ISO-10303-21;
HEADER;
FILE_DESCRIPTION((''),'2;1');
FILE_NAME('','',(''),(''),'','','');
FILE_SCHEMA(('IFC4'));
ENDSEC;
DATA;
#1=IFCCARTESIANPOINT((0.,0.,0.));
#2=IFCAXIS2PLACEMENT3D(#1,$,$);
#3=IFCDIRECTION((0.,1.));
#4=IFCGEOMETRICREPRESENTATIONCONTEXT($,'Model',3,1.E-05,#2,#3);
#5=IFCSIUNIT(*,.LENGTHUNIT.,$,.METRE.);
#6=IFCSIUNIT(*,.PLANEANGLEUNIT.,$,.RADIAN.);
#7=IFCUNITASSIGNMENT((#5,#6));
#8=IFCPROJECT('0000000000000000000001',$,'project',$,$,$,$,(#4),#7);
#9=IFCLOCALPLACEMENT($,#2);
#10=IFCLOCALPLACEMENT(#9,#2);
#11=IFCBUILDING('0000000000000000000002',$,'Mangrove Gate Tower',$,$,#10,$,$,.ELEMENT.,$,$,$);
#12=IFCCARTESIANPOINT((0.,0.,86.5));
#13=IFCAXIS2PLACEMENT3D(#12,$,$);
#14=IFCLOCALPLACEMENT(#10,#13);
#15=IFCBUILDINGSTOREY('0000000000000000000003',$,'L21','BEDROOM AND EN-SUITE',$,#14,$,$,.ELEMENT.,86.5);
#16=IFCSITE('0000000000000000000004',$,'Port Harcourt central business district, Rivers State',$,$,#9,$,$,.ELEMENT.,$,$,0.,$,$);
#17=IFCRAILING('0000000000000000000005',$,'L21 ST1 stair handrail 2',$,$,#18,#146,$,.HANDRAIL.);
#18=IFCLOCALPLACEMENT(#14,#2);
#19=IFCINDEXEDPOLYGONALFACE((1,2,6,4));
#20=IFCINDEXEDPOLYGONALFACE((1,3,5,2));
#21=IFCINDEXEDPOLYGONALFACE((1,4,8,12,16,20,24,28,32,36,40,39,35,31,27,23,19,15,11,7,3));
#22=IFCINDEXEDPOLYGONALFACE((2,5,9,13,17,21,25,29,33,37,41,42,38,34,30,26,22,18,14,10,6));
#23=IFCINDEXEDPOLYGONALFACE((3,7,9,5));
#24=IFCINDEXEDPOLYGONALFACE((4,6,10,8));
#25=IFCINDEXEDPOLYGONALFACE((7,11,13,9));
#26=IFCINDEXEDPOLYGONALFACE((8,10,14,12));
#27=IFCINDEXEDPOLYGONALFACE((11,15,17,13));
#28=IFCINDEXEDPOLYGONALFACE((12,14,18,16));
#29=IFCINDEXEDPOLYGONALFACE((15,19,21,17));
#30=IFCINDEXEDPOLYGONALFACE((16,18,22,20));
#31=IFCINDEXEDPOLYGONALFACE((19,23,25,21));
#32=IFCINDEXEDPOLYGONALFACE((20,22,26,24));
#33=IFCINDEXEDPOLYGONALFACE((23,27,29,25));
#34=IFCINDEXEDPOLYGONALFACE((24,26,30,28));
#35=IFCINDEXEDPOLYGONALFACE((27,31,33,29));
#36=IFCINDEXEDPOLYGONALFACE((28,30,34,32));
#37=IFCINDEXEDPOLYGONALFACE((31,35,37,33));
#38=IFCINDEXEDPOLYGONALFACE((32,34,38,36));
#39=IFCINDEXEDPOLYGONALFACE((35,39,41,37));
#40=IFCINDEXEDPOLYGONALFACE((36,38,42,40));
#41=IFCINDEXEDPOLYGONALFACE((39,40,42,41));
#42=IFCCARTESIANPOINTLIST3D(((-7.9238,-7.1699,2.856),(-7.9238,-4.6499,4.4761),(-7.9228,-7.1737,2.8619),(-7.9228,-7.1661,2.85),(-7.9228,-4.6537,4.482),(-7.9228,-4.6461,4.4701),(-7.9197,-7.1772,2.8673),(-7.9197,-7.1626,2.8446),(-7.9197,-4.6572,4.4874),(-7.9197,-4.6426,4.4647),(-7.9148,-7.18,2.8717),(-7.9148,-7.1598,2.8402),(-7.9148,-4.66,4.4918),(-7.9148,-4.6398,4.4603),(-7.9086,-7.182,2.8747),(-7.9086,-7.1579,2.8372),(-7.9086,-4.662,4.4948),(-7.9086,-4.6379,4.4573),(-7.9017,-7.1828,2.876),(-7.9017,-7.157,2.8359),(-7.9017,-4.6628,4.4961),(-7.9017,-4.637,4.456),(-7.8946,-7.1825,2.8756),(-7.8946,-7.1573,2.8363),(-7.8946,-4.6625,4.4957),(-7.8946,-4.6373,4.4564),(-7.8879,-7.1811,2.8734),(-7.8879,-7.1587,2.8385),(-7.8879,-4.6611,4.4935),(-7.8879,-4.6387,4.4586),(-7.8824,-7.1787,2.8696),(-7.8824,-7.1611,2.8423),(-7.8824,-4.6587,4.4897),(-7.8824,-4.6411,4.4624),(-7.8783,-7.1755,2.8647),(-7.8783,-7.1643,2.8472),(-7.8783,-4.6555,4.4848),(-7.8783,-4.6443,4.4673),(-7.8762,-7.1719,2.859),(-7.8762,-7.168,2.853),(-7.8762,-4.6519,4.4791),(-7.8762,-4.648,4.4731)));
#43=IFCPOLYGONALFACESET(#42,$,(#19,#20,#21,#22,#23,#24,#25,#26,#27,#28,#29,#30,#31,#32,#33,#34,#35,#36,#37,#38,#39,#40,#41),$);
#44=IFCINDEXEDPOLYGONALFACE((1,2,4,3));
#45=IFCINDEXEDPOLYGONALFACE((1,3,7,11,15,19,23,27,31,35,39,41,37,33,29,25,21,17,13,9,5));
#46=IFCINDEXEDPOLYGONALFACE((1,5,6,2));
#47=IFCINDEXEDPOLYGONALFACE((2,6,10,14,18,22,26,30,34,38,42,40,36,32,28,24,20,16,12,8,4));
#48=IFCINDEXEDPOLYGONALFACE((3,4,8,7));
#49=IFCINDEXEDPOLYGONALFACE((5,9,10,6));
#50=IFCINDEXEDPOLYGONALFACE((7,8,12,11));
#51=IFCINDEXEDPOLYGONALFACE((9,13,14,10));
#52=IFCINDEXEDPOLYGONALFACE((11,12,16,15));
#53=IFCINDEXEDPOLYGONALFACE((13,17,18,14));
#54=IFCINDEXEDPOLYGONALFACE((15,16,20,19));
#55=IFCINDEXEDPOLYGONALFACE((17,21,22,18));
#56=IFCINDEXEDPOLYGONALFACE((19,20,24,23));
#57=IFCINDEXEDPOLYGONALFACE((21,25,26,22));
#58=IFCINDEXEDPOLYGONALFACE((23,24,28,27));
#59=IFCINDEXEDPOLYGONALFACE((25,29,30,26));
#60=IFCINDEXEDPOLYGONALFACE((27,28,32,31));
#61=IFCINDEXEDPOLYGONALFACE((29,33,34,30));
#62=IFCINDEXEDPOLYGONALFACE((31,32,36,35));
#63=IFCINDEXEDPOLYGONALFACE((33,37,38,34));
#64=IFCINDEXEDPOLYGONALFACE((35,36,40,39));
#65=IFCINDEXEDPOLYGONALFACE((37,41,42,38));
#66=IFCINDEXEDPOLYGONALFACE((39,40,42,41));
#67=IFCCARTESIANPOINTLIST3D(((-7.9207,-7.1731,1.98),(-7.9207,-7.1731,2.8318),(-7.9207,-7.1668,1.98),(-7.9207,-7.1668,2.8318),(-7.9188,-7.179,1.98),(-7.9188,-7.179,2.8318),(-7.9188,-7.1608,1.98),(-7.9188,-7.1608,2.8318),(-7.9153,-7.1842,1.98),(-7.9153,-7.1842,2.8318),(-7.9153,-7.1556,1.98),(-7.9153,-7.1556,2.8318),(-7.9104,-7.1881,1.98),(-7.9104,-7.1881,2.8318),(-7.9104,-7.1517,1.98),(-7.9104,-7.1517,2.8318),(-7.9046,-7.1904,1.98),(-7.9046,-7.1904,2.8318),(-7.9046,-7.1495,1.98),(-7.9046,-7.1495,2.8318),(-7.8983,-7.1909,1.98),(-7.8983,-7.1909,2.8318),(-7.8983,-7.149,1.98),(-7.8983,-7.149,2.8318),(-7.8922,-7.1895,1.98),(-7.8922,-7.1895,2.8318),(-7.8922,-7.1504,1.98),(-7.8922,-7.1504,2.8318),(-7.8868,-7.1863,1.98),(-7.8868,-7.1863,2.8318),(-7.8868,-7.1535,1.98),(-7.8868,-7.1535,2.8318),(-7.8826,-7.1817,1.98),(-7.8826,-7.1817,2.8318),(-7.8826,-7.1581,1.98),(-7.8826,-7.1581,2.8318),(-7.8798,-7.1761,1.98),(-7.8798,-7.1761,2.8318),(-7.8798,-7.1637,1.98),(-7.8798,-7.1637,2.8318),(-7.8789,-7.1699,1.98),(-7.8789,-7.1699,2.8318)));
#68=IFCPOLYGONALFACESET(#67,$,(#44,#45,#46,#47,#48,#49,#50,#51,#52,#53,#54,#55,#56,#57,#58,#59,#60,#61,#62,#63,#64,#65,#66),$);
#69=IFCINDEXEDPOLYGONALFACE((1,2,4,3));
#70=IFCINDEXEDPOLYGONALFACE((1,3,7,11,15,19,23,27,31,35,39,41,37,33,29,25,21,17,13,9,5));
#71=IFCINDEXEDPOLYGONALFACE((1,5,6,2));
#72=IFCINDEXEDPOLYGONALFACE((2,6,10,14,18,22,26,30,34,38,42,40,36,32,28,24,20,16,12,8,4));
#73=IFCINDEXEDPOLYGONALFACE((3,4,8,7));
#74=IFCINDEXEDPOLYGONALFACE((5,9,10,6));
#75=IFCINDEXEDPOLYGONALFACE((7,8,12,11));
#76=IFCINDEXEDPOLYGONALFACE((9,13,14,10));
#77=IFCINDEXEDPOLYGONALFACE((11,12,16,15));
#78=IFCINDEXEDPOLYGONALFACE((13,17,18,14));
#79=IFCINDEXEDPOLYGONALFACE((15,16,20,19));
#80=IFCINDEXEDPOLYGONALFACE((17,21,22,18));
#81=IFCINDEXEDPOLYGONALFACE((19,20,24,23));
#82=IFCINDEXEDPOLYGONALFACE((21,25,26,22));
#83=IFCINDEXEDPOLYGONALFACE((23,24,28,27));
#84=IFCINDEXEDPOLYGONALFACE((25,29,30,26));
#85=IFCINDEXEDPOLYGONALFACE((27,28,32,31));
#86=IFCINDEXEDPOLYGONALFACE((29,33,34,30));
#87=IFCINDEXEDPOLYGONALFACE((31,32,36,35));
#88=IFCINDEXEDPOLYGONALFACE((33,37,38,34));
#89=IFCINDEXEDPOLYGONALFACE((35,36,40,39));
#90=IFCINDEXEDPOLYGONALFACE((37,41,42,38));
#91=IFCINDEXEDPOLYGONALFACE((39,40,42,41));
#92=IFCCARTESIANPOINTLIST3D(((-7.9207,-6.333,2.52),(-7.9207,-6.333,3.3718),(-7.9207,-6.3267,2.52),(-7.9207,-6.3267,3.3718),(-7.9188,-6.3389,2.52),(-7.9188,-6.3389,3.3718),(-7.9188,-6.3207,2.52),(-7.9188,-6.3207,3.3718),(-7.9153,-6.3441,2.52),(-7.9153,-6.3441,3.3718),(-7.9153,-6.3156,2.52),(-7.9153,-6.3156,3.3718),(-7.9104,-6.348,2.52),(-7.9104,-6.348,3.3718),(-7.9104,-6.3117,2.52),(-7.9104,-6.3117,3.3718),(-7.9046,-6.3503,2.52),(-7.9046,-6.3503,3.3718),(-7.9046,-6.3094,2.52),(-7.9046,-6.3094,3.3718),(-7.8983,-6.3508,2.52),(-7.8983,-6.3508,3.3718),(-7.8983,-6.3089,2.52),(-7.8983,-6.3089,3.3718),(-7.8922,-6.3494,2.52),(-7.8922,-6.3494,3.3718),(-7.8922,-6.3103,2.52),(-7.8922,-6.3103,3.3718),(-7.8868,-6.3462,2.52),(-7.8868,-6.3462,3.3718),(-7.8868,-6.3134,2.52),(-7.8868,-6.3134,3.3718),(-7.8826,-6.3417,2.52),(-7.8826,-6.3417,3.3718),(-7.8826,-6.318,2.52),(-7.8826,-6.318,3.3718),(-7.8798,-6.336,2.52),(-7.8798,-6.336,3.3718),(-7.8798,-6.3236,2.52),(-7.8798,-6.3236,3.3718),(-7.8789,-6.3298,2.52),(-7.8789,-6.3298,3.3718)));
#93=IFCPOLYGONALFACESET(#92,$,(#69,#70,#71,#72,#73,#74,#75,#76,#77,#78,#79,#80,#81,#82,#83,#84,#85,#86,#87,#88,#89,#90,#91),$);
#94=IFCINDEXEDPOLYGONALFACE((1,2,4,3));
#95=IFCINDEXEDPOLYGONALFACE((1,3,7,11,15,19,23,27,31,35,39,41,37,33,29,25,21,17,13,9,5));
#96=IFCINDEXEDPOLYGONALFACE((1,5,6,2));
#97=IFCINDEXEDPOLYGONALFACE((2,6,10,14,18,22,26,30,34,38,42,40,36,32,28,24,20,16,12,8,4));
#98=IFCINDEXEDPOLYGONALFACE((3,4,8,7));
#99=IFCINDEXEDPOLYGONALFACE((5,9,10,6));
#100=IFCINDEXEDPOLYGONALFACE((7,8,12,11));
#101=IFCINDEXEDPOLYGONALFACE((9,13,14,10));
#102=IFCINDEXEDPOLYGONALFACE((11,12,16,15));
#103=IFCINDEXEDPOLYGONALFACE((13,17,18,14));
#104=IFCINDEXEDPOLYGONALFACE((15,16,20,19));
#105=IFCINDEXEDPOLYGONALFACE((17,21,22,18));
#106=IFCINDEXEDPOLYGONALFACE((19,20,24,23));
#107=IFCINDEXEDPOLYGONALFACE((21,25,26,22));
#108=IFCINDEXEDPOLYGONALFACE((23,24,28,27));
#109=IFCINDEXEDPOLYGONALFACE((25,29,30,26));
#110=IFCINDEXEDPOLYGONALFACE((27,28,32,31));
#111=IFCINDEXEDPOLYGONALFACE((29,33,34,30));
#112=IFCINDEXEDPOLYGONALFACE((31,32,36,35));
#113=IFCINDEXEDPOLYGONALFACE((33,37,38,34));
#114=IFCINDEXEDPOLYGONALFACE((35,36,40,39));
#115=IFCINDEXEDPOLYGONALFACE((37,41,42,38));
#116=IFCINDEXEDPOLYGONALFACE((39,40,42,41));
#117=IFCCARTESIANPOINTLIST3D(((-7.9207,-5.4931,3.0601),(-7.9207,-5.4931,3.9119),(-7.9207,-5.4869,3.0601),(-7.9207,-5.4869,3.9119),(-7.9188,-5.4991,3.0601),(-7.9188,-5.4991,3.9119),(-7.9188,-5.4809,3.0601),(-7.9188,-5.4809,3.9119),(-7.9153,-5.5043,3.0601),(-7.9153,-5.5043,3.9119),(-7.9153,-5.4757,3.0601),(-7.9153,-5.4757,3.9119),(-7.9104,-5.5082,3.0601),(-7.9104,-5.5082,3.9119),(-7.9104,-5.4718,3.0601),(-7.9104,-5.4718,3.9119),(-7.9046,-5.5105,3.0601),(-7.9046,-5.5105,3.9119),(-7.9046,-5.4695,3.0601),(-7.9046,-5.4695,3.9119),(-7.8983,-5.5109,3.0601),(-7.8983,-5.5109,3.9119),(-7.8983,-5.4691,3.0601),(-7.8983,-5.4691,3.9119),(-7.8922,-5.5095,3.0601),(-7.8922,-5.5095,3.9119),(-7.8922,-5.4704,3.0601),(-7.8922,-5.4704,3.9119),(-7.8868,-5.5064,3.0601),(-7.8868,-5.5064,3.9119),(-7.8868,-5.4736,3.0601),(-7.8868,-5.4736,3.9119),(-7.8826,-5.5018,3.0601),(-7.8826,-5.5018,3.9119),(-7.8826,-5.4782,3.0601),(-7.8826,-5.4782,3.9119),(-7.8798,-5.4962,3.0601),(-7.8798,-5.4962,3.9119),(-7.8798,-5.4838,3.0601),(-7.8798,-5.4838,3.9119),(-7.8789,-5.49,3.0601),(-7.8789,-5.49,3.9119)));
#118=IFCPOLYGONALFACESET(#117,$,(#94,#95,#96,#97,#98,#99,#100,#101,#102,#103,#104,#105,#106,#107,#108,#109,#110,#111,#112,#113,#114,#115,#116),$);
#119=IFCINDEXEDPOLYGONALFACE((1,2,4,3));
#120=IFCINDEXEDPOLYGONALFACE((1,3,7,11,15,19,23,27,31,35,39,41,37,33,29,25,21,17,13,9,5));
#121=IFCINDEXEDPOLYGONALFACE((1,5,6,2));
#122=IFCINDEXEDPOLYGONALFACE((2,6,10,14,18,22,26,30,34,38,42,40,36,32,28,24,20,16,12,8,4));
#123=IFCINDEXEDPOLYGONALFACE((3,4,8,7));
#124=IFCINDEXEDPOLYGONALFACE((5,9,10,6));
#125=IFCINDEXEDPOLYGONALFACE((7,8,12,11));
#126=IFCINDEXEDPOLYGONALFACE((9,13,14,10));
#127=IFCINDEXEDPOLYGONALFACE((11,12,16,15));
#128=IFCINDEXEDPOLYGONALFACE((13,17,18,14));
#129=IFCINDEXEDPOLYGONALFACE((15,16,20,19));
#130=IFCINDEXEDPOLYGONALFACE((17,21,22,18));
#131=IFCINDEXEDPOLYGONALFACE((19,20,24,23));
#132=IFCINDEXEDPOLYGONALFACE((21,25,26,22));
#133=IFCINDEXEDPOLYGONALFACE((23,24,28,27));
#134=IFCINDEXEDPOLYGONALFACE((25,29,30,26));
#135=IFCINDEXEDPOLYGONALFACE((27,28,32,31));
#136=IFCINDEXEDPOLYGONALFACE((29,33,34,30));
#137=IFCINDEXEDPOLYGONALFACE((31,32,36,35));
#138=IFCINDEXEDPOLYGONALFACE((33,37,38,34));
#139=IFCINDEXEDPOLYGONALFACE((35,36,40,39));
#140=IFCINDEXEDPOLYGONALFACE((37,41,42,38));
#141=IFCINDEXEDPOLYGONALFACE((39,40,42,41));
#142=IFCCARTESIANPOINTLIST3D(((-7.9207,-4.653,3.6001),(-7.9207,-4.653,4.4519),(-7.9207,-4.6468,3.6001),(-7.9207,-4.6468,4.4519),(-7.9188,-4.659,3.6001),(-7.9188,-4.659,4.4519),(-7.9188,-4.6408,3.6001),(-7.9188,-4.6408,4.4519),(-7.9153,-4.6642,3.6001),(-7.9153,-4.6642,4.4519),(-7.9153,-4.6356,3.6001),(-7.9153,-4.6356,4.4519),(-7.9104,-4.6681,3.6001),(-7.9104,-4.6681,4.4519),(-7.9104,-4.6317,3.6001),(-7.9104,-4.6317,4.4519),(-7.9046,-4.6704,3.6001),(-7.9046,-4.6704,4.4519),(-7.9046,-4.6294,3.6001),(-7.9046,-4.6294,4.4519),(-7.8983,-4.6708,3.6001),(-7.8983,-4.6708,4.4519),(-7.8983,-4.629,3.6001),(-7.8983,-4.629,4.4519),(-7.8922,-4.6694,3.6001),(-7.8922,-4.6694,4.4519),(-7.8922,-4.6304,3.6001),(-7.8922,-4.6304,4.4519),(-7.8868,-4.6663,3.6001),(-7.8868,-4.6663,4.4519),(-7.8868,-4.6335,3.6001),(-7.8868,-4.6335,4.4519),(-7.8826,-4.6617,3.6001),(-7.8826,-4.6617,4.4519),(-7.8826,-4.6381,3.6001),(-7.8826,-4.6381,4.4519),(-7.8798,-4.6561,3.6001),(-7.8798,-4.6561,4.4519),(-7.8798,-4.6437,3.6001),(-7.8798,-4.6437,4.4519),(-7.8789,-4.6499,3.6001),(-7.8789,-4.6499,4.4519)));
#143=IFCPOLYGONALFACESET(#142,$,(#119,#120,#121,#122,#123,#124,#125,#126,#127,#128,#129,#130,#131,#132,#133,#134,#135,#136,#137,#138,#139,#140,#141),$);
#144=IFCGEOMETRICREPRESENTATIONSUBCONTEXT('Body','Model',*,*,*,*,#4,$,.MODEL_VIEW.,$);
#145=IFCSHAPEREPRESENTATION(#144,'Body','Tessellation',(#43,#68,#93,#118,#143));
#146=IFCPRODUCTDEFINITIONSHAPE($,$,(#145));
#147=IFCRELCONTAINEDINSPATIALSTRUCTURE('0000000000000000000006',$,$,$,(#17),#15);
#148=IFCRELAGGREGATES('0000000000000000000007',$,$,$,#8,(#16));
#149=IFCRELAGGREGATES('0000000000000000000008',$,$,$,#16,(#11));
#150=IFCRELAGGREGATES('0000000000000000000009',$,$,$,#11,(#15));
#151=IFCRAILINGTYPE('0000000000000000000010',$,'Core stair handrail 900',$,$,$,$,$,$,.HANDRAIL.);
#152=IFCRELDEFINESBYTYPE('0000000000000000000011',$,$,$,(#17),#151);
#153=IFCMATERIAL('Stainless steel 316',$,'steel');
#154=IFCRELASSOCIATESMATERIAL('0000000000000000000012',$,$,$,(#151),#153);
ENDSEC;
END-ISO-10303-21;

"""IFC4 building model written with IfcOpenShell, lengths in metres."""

from ifc_helpers import new_model, si_unit, direction, frame, origin, origin_2d, place, context, subcontext, project, spatial, circle, extrude, material, type_object, element, save


model = new_model("IFC4")

# Units and contexts
model_context = context("Model", 3, precision=1e-05, world=origin(), true_north=direction((0.0, 1.0)))
body_context = subcontext(model_context, "Body", "Model", "MODEL_VIEW")
ifc_project = project(units=[si_unit("LENGTHUNIT", "METRE"), si_unit("PLANEANGLEUNIT", "RADIAN")], contexts=[model_context])

# Site, building, storey
site_placement = place(None, origin())
site = spatial("IfcSite", under=ifc_project, at=site_placement, Name="Port Harcourt central business district, Rivers State", CompositionType="ELEMENT", RefElevation=0.0)
building_placement = place(site_placement, origin())
building = spatial("IfcBuilding", under=site, at=building_placement, Name="Mangrove Gate Tower", CompositionType="ELEMENT")
storey_placement = place(building_placement, frame((0.0, 0.0, 86.5)))
storey = spatial("IfcBuildingStorey", under=building, at=storey_placement, Name="L21", Description="BEDROOM AND EN-SUITE", CompositionType="ELEMENT", Elevation=86.5)

# Railing
ifc_material_1 = material(Name="Stainless steel 316", Category="steel")
railing_type_1 = type_object("IfcRailingType", Name="Core stair handrail 900", PredefinedType="HANDRAIL", material=ifc_material_1)
railing_1_placement = place(storey_placement, frame((-7.8999, -7.1699, 1.98)))
element("IfcRailing", 1, at=railing_1_placement, inside=storey, type_object=railing_type_1, Name="L21 ST1 stair handrail 2", PredefinedType="HANDRAIL", context=body_context, shape_type="SweptSolid", body=[
    extrude(circle(Radius=0.0239, at=origin_2d()), frame((0.0, 0.0, 0.876), z_axis=(0.0, 0.841163, 0.540782), x_axis=(-1.0, 0.0, 0.0)), (0.0, 0.0, 1.0), 2.9958),
    extrude(circle(Radius=0.021, at=origin_2d()), origin(), (0.0, 0.0, 1.0), 0.8518),
    extrude(circle(Radius=0.021, at=origin_2d()), frame((0.0, 0.8401, 0.54)), (0.0, 0.0, 1.0), 0.8518),
    extrude(circle(Radius=0.021, at=origin_2d()), frame((0.0, 1.6799, 1.0801)), (0.0, 0.0, 1.0), 0.8518),
    extrude(circle(Radius=0.021, at=origin_2d()), frame((0.0, 2.52, 1.6201)), (0.0, 0.0, 1.0), 0.8518),
])

save(model, "model.ifc")
